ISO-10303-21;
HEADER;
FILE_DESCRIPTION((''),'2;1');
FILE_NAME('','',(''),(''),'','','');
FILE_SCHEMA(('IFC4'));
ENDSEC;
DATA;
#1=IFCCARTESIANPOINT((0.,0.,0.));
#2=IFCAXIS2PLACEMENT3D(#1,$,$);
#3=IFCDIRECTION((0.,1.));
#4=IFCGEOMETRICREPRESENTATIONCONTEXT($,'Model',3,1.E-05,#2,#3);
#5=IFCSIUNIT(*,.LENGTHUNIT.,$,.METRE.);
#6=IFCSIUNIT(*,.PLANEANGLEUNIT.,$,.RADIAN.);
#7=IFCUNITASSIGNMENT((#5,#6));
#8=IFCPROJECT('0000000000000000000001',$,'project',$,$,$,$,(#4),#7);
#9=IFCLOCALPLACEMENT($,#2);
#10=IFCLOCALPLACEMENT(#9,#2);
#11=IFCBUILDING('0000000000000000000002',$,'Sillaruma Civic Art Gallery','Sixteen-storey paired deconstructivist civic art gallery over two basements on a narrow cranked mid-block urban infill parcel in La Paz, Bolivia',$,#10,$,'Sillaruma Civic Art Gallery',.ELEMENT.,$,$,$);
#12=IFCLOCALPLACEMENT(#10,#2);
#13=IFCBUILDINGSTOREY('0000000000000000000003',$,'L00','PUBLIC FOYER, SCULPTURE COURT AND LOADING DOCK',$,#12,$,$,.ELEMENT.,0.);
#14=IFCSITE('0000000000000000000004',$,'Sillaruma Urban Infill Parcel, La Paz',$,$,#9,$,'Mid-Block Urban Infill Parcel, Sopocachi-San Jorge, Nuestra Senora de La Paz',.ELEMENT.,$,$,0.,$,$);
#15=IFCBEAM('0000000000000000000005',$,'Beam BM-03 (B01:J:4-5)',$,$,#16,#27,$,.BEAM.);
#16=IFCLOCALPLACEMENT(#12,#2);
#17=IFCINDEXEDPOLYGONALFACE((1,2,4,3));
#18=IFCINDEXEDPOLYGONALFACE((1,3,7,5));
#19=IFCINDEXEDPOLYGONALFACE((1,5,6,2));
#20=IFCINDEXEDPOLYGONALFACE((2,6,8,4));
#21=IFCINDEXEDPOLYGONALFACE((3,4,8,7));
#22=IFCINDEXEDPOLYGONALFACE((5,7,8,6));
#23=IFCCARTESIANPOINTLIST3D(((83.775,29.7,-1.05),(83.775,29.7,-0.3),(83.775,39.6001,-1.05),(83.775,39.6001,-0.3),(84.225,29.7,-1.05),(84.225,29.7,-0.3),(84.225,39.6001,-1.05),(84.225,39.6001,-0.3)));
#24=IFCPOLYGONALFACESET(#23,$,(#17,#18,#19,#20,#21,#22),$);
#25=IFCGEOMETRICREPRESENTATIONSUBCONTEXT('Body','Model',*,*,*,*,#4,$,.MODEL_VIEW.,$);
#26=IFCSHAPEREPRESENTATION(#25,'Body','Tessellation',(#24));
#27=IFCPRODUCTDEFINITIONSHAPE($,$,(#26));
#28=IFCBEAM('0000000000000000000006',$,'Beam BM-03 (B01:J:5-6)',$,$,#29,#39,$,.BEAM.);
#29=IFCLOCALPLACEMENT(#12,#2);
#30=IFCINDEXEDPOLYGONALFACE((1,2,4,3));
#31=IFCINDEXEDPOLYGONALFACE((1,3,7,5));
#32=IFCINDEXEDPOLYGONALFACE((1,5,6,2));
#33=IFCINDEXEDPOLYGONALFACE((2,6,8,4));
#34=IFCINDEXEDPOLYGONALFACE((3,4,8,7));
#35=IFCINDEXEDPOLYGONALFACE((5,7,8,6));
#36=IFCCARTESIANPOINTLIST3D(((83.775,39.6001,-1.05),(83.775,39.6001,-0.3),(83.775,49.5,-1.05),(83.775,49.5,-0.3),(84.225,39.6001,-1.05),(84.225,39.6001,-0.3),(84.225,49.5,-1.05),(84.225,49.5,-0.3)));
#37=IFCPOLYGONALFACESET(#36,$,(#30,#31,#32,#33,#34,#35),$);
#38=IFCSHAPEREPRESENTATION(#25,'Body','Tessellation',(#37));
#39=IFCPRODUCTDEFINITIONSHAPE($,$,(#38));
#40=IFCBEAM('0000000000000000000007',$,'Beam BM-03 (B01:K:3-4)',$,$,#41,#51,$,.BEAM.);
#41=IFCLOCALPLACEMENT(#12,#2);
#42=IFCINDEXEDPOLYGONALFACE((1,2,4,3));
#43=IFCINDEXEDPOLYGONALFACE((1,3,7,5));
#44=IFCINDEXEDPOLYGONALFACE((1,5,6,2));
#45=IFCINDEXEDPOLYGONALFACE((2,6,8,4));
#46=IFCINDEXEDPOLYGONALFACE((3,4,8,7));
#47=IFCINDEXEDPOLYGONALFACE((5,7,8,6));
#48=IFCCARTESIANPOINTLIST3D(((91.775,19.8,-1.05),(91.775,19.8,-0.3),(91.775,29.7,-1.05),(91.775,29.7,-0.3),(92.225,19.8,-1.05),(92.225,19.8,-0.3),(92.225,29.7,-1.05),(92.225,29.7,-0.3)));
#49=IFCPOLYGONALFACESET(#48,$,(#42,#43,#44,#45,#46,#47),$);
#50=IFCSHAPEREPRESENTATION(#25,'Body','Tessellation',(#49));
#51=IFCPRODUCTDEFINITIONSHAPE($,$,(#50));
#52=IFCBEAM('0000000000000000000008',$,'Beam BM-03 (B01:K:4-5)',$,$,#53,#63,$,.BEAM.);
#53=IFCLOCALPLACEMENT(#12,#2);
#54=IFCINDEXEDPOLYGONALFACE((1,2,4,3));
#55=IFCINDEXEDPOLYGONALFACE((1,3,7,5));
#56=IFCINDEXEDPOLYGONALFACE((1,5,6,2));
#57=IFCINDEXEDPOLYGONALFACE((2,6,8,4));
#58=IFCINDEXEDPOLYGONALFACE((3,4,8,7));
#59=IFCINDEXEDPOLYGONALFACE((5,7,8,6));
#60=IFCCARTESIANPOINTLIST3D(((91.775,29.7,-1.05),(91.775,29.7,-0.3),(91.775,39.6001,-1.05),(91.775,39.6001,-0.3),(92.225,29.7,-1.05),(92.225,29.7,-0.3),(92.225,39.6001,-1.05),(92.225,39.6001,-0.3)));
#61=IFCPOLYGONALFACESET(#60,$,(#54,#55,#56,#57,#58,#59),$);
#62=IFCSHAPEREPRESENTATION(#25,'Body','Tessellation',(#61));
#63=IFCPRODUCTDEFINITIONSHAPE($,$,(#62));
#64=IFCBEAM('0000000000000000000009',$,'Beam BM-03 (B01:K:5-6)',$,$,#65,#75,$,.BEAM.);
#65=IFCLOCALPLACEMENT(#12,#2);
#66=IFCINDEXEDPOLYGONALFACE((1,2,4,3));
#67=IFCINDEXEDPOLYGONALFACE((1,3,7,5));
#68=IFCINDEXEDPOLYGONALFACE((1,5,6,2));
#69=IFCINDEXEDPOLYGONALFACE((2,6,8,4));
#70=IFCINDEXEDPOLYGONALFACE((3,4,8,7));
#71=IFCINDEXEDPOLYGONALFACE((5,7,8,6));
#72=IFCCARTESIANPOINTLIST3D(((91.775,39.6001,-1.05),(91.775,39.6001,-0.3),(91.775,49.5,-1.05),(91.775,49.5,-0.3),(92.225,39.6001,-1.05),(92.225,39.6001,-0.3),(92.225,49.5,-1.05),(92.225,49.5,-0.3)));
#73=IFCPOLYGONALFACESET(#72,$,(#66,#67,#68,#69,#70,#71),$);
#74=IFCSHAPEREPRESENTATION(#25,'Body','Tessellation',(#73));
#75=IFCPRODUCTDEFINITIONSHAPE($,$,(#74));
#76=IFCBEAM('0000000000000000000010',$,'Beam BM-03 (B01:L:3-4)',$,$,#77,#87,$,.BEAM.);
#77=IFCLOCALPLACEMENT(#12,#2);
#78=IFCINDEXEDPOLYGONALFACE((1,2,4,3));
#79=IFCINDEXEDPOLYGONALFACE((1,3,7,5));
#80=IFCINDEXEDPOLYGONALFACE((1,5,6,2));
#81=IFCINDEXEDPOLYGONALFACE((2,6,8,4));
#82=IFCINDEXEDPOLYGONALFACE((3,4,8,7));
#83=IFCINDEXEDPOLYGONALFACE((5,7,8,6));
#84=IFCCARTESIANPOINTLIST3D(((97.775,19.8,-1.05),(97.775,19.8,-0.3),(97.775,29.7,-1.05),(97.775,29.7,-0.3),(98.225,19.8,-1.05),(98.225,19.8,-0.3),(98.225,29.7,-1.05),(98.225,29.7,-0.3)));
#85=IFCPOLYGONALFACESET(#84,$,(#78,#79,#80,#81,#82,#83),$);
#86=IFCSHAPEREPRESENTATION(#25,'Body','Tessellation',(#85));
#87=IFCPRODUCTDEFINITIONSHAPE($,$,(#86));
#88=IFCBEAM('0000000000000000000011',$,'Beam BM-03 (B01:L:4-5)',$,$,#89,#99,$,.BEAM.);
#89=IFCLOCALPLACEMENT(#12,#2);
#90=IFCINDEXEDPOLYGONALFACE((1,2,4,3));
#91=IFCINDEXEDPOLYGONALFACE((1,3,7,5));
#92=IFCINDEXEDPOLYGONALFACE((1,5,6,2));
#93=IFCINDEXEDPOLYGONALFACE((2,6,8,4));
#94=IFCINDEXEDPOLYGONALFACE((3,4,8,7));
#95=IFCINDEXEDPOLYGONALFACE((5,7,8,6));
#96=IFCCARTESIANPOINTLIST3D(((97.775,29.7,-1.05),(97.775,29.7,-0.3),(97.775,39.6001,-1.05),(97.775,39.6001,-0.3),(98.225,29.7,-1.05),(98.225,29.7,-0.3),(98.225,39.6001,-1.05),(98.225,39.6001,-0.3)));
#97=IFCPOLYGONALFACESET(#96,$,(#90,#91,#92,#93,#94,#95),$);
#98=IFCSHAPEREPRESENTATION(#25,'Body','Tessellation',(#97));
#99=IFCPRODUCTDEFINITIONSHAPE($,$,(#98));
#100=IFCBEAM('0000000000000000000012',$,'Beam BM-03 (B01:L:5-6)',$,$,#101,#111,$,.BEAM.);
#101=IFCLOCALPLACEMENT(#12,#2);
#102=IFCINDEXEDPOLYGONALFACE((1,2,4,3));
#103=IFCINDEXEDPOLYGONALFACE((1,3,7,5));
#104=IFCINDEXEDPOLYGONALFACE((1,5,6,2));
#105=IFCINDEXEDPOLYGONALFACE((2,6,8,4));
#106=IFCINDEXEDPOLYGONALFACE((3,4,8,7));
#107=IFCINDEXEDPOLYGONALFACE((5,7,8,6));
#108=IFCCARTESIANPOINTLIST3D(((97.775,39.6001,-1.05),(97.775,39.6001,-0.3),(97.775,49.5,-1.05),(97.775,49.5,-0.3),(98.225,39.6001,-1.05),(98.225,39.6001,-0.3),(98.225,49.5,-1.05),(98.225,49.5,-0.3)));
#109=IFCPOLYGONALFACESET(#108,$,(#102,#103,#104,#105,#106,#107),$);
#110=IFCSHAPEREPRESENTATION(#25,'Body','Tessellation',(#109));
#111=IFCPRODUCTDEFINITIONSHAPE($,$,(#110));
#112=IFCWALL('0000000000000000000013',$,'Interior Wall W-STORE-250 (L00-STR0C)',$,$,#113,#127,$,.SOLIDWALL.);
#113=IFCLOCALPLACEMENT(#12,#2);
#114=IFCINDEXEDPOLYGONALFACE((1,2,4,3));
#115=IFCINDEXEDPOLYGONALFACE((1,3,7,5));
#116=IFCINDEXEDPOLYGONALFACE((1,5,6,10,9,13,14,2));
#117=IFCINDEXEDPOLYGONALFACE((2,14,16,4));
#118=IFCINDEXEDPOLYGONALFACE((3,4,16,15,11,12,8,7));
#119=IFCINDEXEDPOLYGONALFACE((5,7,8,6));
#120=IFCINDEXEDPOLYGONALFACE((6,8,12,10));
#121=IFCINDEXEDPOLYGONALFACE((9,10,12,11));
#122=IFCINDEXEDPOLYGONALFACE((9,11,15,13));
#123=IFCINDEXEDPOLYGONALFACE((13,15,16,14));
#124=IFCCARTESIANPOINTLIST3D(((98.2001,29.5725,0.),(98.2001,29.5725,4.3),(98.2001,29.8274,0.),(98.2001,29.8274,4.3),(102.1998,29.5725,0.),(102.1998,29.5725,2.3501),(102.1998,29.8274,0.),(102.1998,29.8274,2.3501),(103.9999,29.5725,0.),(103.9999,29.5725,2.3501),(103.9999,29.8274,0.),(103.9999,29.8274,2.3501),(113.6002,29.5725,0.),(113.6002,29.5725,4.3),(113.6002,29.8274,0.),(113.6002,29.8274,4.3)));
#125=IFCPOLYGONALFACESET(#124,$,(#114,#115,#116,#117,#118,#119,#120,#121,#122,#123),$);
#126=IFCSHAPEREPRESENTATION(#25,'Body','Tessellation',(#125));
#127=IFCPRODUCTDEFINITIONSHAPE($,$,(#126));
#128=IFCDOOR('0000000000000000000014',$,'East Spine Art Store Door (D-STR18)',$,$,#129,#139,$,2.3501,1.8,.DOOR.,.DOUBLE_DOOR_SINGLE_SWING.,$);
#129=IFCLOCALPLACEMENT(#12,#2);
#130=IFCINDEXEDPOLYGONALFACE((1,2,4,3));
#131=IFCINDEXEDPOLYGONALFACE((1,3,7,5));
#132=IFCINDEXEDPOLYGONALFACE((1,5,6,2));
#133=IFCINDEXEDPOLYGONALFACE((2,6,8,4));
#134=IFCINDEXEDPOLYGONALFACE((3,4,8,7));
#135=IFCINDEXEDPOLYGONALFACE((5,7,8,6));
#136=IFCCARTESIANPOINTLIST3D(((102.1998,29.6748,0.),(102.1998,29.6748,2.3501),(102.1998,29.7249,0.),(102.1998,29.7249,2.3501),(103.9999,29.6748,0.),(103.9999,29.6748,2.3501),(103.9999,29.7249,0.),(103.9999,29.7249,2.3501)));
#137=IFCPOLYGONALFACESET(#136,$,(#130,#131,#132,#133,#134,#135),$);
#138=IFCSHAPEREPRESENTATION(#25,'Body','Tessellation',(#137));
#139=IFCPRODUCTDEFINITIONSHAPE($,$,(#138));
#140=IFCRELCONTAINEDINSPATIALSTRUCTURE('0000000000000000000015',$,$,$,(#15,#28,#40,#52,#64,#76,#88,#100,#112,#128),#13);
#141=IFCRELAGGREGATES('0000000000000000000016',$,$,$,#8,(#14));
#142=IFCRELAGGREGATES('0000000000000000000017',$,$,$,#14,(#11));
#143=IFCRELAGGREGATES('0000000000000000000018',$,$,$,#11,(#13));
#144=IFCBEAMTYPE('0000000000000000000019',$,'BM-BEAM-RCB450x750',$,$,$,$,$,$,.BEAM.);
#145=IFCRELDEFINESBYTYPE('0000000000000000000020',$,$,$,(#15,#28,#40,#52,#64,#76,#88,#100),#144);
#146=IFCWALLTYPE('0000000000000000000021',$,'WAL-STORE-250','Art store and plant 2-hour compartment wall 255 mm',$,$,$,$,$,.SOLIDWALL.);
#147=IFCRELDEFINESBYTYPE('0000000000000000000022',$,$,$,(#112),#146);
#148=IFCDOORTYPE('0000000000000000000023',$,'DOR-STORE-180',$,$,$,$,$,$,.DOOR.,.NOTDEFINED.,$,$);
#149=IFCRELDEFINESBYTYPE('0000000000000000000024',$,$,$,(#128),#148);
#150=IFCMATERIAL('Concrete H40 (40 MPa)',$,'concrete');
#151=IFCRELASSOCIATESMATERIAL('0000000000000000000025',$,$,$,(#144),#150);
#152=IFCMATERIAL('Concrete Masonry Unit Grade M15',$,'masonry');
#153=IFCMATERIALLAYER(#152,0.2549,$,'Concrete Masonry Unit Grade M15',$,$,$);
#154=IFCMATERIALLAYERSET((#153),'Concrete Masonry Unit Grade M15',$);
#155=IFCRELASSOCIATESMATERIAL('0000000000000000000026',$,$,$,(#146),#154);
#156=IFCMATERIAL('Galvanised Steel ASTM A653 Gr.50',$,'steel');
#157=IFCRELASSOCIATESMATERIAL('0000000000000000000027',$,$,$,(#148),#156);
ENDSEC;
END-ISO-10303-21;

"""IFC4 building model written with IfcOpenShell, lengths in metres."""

from ifc_helpers import new_model, si_unit, direction, frame, frame_2d, origin, origin_2d, place, context, subcontext, project, spatial, rectangle, extrude, material, layer, layer_set, material_profile, profile_set, type_object, element, fill, save


model = new_model("IFC4")

# Units and contexts
model_context = context("Model", 3, precision=1e-05, world=origin(), true_north=direction((0.0, 1.0)))
body_context = subcontext(model_context, "Body", "Model", "MODEL_VIEW")
ifc_project = project(units=[si_unit("LENGTHUNIT", "METRE"), si_unit("PLANEANGLEUNIT", "RADIAN")], contexts=[model_context])

# Site, building, storey
site_placement = place(None, origin())
site = spatial("IfcSite", under=ifc_project, at=site_placement, Name="Sillaruma Urban Infill Parcel, La Paz", LongName="Mid-Block Urban Infill Parcel, Sopocachi-San Jorge, Nuestra Senora de La Paz", CompositionType="ELEMENT", RefElevation=0.0)
building_placement = place(site_placement, origin())
building = spatial("IfcBuilding", under=site, at=building_placement, Name="Sillaruma Civic Art Gallery", Description="Sixteen-storey paired deconstructivist civic art gallery over two basements on a narrow cranked mid-block urban infill parcel in La Paz, Bolivia", LongName="Sillaruma Civic Art Gallery", CompositionType="ELEMENT")
storey_placement = place(building_placement, origin())
storey = spatial("IfcBuildingStorey", under=building, at=storey_placement, Name="L00", Description="PUBLIC FOYER, SCULPTURE COURT AND LOADING DOCK", CompositionType="ELEMENT", Elevation=0.0)

# Shared definitions
ifc_material_1 = material(Name="Concrete H40 (40 MPa)", Category="concrete")

# Beams
ifc_material_profile_1 = material_profile(ifc_material_1, rectangle(XDim=0.45, YDim=0.75, at=origin_2d()), Name="RCB450x750")
ifc_profile_set_1 = profile_set([ifc_material_profile_1], Name="Concrete H40 (40 MPa)")
beam_type_1 = type_object("IfcBeamType", Name="BM-BEAM-RCB450x750", PredefinedType="BEAM", material=ifc_profile_set_1)
beam_1_placement = place(storey_placement, frame((84.0, 29.7, -0.675), z_axis=(0.0, 1.0, 0.0), x_axis=(-1.0, 0.0, 0.0)))
element("IfcBeam", 1, at=beam_1_placement, inside=storey, type_object=beam_type_1, Name="Beam BM-03 (B01:J:4-5)", PredefinedType="BEAM", context=body_context, shape_type="SweptSolid", body=[
    extrude(rectangle(XDim=0.45, YDim=0.75, at=origin_2d()), origin(), (0.0, 0.0, 1.0), 9.9001),
])
for number, where, z_axis, x_axis, name in (
    (2, (84.0, 39.6001, -0.675), (0.0, 1.0, 0.0), (-1.0, 0.0, 0.0), "Beam BM-03 (B01:J:5-6)"),
    (3, (92.0, 19.8, -0.675), (0.0, 1.0, 0.0), (-1.0, 0.0, 0.0), "Beam BM-03 (B01:K:3-4)"),
):
    element("IfcBeam", number, at=place(storey_placement, frame(where, z_axis=z_axis, x_axis=x_axis)), inside=storey, type_object=beam_type_1, Name=name, PredefinedType="BEAM", context=body_context, shape_type="SweptSolid", body=[
        extrude(rectangle(XDim=0.45, YDim=0.75, at=origin_2d()), origin(), (0.0, 0.0, 1.0), 9.8999),
    ])
beam_2_placement = place(storey_placement, frame((92.0, 29.7, -0.675), z_axis=(0.0, 1.0, 0.0), x_axis=(-1.0, 0.0, 0.0)))
element("IfcBeam", 4, at=beam_2_placement, inside=storey, type_object=beam_type_1, Name="Beam BM-03 (B01:K:4-5)", PredefinedType="BEAM", context=body_context, shape_type="SweptSolid", body=[
    extrude(rectangle(XDim=0.45, YDim=0.75, at=origin_2d()), origin(), (0.0, 0.0, 1.0), 9.9001),
])
for number, where, z_axis, x_axis, name in (
    (5, (92.0, 39.6001, -0.675), (0.0, 1.0, 0.0), (-1.0, 0.0, 0.0), "Beam BM-03 (B01:K:5-6)"),
    (6, (98.0, 19.8, -0.675), (0.0, 1.0, 0.0), (-1.0, 0.0, 0.0), "Beam BM-03 (B01:L:3-4)"),
):
    element("IfcBeam", number, at=place(storey_placement, frame(where, z_axis=z_axis, x_axis=x_axis)), inside=storey, type_object=beam_type_1, Name=name, PredefinedType="BEAM", context=body_context, shape_type="SweptSolid", body=[
        extrude(rectangle(XDim=0.45, YDim=0.75, at=origin_2d()), origin(), (0.0, 0.0, 1.0), 9.8999),
    ])
beam_3_placement = place(storey_placement, frame((98.0, 29.7, -0.675), z_axis=(0.0, 1.0, 0.0), x_axis=(-1.0, 0.0, 0.0)))
element("IfcBeam", 7, at=beam_3_placement, inside=storey, type_object=beam_type_1, Name="Beam BM-03 (B01:L:4-5)", PredefinedType="BEAM", context=body_context, shape_type="SweptSolid", body=[
    extrude(rectangle(XDim=0.45, YDim=0.75, at=origin_2d()), origin(), (0.0, 0.0, 1.0), 9.9001),
])
beam_4_placement = place(storey_placement, frame((98.0, 39.6001, -0.675), z_axis=(0.0, 1.0, 0.0), x_axis=(-1.0, 0.0, 0.0)))
element("IfcBeam", 8, at=beam_4_placement, inside=storey, type_object=beam_type_1, Name="Beam BM-03 (B01:L:5-6)", PredefinedType="BEAM", context=body_context, shape_type="SweptSolid", body=[
    extrude(rectangle(XDim=0.45, YDim=0.75, at=origin_2d()), origin(), (0.0, 0.0, 1.0), 9.8999),
])

# Wall, opening, door
ifc_material_2 = material(Name="Concrete Masonry Unit Grade M15", Category="masonry")
ifc_layer = layer(ifc_material_2, 0.2549, Name="Concrete Masonry Unit Grade M15")
ifc_layer_set = layer_set([ifc_layer], Name="Concrete Masonry Unit Grade M15")
wall_type = type_object("IfcWallType", Name="WAL-STORE-250", Description="Art store and plant 2-hour compartment wall 255 mm", PredefinedType="SOLIDWALL", material=ifc_layer_set)
wall_placement = place(storey_placement, frame((98.2, 29.7, 0.0), z_axis=(0.0, 0.0, 1.0), x_axis=(1.0, 0.0, 0.0)))
wall = element("IfcWall", 9, at=wall_placement, inside=storey, type_object=wall_type, Name="Interior Wall W-STORE-250 (L00-STR0C)", PredefinedType="SOLIDWALL", context=body_context, shape_type="SweptSolid", body=[
    extrude(rectangle(XDim=15.4001, YDim=0.2549, at=frame_2d((7.7002, 0.0))), origin(), (0.0, 0.0, 1.0), 4.3),
])
opening_placement = place(wall_placement, frame((4.0, 0.0, 0.0)))
opening = element("IfcOpeningElement", 10, at=opening_placement, cuts=wall, PredefinedType="OPENING", context=body_context, shape_type="SweptSolid", body=[
    extrude(rectangle(XDim=1.8, YDim=2.3501, at=frame_2d((0.8999, 1.175))), frame((0.0, 0.1375, 0.0), z_axis=(0.0, -1.0, 0.0), x_axis=(1.0, 0.0, 0.0)), (0.0, 0.0, 1.0), 0.2749),
])
ifc_material_3 = material(Name="Galvanised Steel ASTM A653 Gr.50", Category="steel")
door_type = type_object("IfcDoorType", Name="DOR-STORE-180", OperationType="NOTDEFINED", PredefinedType="DOOR", material=ifc_material_3)
door_placement = place(opening_placement, origin())
door = element("IfcDoor", 11, at=door_placement, inside=storey, type_object=door_type, Name="East Spine Art Store Door (D-STR18)", OperationType="DOUBLE_DOOR_SINGLE_SWING", OverallHeight=2.3501, OverallWidth=1.8, PredefinedType="DOOR", context=body_context, shape_type="SweptSolid", body=[
    extrude(rectangle(XDim=1.8, YDim=2.3501, at=frame_2d((0.8999, 1.175))), frame((0.0, 0.0249, 0.0), z_axis=(0.0, -1.0, 0.0), x_axis=(1.0, 0.0, 0.0)), (0.0, 0.0, 1.0), 0.05),
])
fill(opening, door)

save(model, "model.ifc")
